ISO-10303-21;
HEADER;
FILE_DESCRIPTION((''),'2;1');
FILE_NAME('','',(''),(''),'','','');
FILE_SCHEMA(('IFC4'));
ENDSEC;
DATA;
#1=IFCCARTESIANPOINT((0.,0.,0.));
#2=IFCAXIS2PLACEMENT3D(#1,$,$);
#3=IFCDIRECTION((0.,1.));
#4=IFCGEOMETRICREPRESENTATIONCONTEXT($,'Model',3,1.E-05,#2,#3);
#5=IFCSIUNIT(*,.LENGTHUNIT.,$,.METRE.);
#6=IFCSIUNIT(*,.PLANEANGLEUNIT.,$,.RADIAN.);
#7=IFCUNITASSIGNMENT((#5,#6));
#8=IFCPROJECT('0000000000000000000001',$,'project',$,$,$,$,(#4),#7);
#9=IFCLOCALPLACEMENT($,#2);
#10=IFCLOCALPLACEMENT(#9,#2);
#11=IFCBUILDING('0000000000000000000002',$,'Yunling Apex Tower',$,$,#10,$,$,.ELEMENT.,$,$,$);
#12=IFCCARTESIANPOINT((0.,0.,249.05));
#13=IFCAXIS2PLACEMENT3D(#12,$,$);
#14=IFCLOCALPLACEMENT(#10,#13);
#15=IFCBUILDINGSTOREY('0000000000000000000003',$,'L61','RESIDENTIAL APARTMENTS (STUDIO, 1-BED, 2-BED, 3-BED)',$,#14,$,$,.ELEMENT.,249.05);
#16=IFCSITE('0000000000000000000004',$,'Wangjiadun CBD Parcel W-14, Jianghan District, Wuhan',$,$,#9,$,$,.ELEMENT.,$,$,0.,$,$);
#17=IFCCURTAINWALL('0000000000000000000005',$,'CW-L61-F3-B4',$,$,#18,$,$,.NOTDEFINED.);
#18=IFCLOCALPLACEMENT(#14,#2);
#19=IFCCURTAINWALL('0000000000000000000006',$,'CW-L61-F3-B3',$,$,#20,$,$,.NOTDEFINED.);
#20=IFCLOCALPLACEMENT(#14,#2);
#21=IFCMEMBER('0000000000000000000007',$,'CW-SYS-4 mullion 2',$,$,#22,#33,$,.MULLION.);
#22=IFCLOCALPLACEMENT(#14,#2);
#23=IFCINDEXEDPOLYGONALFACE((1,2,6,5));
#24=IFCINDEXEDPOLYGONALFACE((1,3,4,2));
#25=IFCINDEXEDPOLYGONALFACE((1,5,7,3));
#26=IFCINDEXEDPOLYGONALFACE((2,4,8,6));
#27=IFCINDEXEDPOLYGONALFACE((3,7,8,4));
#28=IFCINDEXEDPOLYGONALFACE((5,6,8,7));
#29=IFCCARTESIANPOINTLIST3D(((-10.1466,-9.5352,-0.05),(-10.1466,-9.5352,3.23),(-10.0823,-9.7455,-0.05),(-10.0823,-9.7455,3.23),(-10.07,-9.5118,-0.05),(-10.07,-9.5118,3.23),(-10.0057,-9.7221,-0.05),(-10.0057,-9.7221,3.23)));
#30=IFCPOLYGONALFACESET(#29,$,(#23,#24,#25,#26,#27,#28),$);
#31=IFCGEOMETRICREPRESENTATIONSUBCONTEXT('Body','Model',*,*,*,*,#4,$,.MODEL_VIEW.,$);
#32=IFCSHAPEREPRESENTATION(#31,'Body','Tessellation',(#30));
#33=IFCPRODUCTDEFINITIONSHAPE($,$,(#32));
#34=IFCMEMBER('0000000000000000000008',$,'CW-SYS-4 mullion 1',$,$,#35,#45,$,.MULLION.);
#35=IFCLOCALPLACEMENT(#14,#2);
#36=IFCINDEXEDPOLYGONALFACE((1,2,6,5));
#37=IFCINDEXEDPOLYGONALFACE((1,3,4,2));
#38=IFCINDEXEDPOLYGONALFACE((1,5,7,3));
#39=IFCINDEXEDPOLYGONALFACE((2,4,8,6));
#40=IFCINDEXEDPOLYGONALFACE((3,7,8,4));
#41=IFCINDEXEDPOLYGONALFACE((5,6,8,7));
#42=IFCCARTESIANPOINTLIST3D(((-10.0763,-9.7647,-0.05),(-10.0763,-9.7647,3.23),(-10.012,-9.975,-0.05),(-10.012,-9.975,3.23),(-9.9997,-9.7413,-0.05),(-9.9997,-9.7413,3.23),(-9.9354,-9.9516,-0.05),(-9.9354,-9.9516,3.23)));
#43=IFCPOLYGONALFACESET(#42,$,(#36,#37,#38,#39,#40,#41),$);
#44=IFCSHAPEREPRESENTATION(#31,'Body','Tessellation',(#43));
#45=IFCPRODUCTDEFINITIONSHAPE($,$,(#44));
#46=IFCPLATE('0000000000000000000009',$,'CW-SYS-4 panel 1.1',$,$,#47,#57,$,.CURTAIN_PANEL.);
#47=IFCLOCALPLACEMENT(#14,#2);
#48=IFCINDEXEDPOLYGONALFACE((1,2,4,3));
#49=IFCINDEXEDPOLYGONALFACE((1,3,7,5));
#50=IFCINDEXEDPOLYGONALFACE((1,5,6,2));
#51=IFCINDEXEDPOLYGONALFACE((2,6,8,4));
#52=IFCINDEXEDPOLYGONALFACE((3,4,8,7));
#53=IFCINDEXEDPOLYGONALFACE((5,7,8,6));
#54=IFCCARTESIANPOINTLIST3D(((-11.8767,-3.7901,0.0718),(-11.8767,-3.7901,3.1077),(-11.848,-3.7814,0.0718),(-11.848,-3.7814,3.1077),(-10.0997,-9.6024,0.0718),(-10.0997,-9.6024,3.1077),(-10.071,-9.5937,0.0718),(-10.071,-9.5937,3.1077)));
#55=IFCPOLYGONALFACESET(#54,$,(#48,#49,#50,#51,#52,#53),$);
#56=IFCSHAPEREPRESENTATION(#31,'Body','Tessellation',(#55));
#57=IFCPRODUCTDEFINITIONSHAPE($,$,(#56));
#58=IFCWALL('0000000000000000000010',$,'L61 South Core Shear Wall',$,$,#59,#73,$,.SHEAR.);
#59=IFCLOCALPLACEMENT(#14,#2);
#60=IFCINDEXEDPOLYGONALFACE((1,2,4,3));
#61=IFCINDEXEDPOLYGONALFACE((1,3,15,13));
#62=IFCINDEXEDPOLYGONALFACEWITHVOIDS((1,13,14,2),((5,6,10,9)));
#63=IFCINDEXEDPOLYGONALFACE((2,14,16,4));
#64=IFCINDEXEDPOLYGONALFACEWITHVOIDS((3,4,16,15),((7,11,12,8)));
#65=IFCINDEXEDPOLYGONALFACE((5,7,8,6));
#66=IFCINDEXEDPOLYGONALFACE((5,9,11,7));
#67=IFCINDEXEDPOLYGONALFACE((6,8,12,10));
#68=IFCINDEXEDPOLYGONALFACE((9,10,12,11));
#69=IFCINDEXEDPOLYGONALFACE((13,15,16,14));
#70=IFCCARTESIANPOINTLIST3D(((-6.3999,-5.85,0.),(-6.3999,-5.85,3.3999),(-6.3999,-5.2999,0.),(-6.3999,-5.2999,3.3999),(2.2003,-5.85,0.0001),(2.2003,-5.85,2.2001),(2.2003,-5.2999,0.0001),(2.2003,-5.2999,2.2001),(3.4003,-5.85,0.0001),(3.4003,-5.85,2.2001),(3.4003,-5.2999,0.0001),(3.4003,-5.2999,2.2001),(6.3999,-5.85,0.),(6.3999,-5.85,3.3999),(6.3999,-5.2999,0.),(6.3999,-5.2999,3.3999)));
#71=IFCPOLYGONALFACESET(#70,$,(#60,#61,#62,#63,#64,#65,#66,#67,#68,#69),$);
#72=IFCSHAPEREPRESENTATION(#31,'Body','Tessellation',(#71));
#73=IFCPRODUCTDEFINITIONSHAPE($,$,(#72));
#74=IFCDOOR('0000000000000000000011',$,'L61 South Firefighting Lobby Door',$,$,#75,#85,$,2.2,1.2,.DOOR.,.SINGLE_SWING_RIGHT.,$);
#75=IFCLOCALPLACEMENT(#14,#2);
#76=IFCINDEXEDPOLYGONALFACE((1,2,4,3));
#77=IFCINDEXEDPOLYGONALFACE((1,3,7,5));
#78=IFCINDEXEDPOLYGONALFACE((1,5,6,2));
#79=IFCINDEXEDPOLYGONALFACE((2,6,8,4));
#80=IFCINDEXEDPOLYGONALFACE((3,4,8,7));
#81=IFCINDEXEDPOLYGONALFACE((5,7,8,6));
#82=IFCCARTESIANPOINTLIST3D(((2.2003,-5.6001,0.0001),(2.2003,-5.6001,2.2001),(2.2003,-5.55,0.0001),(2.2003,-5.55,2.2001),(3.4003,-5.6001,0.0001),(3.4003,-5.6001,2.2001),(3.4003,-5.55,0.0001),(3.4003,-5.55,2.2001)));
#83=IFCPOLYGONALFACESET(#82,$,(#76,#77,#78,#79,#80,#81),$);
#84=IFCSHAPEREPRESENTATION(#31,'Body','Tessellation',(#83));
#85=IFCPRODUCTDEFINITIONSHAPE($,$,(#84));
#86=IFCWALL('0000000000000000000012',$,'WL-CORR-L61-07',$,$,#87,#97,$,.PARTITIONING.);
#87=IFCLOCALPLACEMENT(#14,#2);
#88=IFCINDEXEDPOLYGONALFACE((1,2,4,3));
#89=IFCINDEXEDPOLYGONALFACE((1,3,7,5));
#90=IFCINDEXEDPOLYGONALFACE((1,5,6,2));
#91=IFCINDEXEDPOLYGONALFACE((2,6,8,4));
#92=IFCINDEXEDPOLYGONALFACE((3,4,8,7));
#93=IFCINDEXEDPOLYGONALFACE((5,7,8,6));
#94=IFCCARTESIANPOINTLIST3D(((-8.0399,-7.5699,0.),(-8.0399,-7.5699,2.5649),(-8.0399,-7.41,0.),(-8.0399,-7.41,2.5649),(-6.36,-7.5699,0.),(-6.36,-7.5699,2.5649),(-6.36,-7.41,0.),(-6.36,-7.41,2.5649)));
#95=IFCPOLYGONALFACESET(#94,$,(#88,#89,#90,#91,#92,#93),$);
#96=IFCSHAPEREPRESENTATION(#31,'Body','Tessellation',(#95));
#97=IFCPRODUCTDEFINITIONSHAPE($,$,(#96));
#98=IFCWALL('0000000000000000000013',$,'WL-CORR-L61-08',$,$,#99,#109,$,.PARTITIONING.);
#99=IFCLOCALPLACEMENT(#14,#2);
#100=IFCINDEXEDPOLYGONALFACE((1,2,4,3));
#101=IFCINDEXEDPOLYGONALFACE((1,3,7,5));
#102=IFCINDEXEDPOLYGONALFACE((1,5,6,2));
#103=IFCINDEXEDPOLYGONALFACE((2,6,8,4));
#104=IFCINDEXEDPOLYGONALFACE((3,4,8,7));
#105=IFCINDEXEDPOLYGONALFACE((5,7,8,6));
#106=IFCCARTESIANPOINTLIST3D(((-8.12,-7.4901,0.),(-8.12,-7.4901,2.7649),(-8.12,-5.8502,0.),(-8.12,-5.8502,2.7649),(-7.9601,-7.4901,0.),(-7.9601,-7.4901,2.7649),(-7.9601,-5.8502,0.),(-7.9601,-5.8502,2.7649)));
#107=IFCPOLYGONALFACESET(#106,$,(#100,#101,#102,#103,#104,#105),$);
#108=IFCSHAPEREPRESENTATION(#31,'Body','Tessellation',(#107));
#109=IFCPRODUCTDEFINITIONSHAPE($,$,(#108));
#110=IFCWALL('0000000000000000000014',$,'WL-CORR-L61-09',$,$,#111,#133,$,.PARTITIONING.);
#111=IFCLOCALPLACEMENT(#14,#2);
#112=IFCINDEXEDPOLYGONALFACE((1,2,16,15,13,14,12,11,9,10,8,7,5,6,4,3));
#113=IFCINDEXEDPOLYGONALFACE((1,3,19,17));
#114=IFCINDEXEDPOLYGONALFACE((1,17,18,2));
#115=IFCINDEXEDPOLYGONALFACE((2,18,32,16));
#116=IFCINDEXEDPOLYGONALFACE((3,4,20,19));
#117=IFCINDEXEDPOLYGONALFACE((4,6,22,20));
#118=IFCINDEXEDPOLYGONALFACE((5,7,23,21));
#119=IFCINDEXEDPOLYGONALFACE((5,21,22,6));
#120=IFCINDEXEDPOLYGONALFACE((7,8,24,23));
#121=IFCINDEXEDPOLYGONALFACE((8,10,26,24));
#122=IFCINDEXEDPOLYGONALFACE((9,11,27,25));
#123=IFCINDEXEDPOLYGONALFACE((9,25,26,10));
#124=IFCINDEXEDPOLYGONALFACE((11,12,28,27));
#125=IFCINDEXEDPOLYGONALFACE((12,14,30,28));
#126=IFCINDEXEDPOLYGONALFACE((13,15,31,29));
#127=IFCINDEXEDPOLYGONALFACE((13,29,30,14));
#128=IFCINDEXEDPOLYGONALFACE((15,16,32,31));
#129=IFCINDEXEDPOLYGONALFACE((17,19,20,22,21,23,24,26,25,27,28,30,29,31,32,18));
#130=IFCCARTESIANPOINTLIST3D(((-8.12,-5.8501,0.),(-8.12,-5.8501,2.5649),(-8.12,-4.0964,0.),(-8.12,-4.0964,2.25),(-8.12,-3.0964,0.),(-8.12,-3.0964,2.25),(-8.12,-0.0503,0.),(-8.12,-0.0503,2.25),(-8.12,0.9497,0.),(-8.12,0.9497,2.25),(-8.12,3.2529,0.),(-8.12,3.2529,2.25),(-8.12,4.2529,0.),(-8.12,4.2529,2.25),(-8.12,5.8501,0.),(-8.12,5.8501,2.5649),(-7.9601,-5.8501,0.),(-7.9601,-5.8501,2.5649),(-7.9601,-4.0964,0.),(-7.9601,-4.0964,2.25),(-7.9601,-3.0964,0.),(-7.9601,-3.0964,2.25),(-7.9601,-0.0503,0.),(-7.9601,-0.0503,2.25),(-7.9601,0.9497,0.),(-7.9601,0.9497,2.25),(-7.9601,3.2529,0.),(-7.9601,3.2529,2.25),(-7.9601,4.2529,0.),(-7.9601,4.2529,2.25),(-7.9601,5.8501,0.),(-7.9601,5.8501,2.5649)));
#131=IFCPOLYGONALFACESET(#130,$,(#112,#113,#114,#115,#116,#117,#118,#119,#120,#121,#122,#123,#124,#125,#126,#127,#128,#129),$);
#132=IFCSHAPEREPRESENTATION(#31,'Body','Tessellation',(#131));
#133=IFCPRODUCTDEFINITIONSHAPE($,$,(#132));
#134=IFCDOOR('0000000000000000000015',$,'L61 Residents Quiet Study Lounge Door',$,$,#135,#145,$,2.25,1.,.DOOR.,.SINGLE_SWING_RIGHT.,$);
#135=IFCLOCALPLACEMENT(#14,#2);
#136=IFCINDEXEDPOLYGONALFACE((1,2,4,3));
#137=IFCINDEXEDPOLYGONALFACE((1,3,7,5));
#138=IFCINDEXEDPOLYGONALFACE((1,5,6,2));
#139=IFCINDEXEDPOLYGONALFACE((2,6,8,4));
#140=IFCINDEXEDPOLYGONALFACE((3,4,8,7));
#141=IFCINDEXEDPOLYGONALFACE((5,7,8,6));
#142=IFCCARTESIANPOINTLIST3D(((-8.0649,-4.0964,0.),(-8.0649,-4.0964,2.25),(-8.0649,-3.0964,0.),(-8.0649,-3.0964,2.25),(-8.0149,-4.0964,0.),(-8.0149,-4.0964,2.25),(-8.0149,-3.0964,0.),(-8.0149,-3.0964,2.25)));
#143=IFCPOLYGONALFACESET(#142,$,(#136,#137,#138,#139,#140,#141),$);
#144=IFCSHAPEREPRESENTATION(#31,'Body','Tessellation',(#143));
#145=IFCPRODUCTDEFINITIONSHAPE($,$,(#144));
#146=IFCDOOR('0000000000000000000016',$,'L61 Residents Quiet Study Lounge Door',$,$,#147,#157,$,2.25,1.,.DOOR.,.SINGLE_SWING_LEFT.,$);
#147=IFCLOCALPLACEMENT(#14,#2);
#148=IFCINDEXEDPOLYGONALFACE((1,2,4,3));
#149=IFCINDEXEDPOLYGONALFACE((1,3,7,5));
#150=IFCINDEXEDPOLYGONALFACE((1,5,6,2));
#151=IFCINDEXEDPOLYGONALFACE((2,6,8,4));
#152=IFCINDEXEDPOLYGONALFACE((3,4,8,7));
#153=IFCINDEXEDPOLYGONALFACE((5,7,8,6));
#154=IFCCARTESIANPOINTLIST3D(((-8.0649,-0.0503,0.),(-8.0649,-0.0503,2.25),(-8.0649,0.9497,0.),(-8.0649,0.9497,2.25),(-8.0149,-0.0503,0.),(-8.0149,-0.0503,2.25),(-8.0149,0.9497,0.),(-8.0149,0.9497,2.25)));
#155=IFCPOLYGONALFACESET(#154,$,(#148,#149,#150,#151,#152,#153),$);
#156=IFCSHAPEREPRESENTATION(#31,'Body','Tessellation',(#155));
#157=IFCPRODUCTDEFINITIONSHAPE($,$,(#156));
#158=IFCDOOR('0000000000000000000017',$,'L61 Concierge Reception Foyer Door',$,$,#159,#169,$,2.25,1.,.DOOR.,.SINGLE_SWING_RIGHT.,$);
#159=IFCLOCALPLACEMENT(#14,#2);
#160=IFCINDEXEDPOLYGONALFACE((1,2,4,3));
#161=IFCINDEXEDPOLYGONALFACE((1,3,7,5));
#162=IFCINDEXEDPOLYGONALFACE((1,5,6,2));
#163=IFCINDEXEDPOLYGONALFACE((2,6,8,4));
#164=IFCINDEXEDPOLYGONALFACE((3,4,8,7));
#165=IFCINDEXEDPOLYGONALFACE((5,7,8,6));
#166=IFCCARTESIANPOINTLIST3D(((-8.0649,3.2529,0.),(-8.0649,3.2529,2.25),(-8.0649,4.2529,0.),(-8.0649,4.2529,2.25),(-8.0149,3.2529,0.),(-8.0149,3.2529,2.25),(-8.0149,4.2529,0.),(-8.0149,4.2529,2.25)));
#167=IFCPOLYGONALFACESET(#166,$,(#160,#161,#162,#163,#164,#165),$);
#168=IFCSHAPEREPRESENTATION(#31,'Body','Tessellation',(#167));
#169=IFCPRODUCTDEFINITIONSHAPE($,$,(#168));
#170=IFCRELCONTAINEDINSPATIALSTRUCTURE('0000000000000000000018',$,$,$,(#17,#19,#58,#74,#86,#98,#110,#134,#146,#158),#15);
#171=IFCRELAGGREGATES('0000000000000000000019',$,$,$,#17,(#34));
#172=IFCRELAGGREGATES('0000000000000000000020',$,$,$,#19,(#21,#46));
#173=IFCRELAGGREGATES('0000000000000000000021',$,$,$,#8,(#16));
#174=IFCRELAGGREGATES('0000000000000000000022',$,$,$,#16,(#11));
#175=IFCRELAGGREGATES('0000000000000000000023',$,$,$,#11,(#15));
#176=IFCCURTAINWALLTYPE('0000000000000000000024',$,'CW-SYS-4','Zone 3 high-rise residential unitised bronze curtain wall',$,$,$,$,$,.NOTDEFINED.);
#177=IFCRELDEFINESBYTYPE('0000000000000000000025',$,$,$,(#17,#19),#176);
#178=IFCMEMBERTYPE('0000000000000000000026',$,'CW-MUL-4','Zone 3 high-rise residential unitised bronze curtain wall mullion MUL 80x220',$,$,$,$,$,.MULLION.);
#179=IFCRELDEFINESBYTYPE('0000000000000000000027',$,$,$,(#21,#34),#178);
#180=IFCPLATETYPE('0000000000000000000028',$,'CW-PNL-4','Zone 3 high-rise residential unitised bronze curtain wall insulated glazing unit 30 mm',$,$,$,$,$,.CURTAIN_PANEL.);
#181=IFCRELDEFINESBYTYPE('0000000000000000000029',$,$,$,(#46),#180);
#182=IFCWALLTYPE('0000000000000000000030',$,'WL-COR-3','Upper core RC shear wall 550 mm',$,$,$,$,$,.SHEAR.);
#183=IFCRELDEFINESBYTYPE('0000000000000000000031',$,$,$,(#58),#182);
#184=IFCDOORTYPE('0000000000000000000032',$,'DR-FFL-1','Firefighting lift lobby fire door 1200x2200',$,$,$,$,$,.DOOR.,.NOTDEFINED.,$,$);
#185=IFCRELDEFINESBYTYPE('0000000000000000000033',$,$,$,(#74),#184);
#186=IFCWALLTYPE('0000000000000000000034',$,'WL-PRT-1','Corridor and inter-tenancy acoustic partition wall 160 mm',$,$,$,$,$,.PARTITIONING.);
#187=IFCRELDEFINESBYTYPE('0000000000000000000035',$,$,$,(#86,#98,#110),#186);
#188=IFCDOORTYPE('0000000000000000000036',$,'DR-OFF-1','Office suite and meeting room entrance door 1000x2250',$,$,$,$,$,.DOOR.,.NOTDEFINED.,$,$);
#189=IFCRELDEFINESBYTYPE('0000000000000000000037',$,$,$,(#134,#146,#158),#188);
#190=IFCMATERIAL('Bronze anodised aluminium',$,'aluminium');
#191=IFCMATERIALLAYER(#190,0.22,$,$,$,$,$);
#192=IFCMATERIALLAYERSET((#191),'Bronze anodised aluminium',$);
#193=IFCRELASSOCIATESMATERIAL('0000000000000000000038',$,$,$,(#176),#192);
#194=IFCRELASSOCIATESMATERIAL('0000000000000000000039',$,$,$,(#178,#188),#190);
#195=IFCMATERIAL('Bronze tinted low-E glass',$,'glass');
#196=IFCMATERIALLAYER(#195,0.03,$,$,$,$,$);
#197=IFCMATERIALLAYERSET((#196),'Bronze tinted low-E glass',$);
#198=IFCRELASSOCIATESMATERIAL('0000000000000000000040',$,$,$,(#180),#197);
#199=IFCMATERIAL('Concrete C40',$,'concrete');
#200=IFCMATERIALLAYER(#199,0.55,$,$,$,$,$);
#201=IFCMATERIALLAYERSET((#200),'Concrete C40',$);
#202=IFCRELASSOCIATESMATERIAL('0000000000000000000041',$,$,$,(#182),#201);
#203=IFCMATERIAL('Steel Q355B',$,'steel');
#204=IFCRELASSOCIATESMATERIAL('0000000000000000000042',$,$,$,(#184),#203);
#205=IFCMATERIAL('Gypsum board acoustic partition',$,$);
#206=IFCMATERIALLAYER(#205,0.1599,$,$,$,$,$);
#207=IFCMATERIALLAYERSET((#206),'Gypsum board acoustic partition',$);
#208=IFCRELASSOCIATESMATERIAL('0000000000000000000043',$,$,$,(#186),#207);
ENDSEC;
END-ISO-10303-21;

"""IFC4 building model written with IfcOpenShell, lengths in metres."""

from ifc_helpers import new_model, si_unit, direction, frame, frame_2d, origin, origin_2d, place, context, subcontext, project, spatial, rectangle, extrude, source, transform, mapped, material, layer, layer_set, material_profile, profile_set, type_object, element, fill, aggregate, save


model = new_model("IFC4")

# Units and contexts
model_context = context("Model", 3, precision=1e-05, world=origin(), true_north=direction((0.0, 1.0)))
body_context = subcontext(model_context, "Body", "Model", "MODEL_VIEW")
ifc_project = project(units=[si_unit("LENGTHUNIT", "METRE"), si_unit("PLANEANGLEUNIT", "RADIAN")], contexts=[model_context])

# Site, building, storey
site_placement = place(None, origin())
site = spatial("IfcSite", under=ifc_project, at=site_placement, Name="Wangjiadun CBD Parcel W-14, Jianghan District, Wuhan", CompositionType="ELEMENT", RefElevation=0.0)
building_placement = place(site_placement, origin())
building = spatial("IfcBuilding", under=site, at=building_placement, Name="Yunling Apex Tower", CompositionType="ELEMENT")
storey_placement = place(building_placement, frame((0.0, 0.0, 249.05)))
storey = spatial("IfcBuildingStorey", under=building, at=storey_placement, Name="L61", Description="RESIDENTIAL APARTMENTS (STUDIO, 1-BED, 2-BED, 3-BED)", CompositionType="ELEMENT", Elevation=249.05)

# Shared definitions
ifc_material_1 = material(Name="Steel Q355B", Category="steel")

# Curtain wall
ifc_material_2 = material(Name="Bronze anodised aluminium", Category="aluminium")
ifc_layer_1 = layer(ifc_material_2, 0.22)
ifc_layer_set_1 = layer_set([ifc_layer_1], Name="Bronze anodised aluminium")
curtain_wall_type = type_object("IfcCurtainWallType", Name="CW-SYS-4", Description="Zone 3 high-rise residential unitised bronze curtain wall", PredefinedType="NOTDEFINED", material=ifc_layer_set_1)
curtain_wall_1_placement = place(storey_placement, origin())
curtain_wall_1 = element("IfcCurtainWall", 1, at=curtain_wall_1_placement, inside=storey, type_object=curtain_wall_type, Name="CW-L61-F3-B4", PredefinedType="NOTDEFINED")

# Curtain wall, member
curtain_wall_2_placement = place(storey_placement, origin())
curtain_wall_2 = element("IfcCurtainWall", 2, at=curtain_wall_2_placement, inside=storey, type_object=curtain_wall_type, Name="CW-L61-F3-B3", PredefinedType="NOTDEFINED")
ifc_material_profile_1 = material_profile(ifc_material_2, rectangle(XDim=0.0801, YDim=0.22, at=origin_2d()))
ifc_profile_set_1 = profile_set([ifc_material_profile_1], Name="Bronze anodised aluminium")
member_type_1 = type_object("IfcMemberType", Name="CW-MUL-4", Description="Zone 3 high-rise residential unitised bronze curtain wall mullion MUL 80x220", PredefinedType="MULLION", material=ifc_profile_set_1)
shared_shape_1 = source(origin(), body_context, "Body", "SweptSolid", [
    extrude(rectangle(XDim=0.0801, YDim=0.22, at=origin_2d()), origin(), (0.0, 0.0, 1.0), 3.28),
])
member_1_placement = place(storey_placement, frame((-10.0762, -9.6287, -0.05), z_axis=(0.0, 0.0, 1.0), x_axis=(0.956305, 0.292372, 0.0)))
member_1 = element("IfcMember", 3, at=member_1_placement, type_object=member_type_1, Name="CW-SYS-4 mullion 2", PredefinedType="MULLION", context=body_context, shape_type="MappedRepresentation", body=[
    mapped(shared_shape_1, transform((0.0, 0.0, 0.0), scale=1.0)),
])

# Member
member_2_placement = place(storey_placement, frame((-10.0059, -9.8582, -0.05), z_axis=(0.0, 0.0, 1.0), x_axis=(0.956305, 0.292372, 0.0)))
member_2 = element("IfcMember", 4, at=member_2_placement, type_object=member_type_1, Name="CW-SYS-4 mullion 1", PredefinedType="MULLION", context=body_context, shape_type="MappedRepresentation", body=[
    mapped(shared_shape_1, transform((0.0, 0.0, 0.0), scale=1.0)),
])
aggregate(curtain_wall_1, [member_2])

# Plate
ifc_material_3 = material(Name="Bronze tinted low-E glass", Category="glass")
ifc_layer_2 = layer(ifc_material_3, 0.03)
ifc_layer_set_2 = layer_set([ifc_layer_2], Name="Bronze tinted low-E glass")
plate_type = type_object("IfcPlateType", Name="CW-PNL-4", Description="Zone 3 high-rise residential unitised bronze curtain wall insulated glazing unit 30 mm", PredefinedType="CURTAIN_PANEL", material=ifc_layer_set_2)
shared_shape_2 = source(origin(), body_context, "Body", "SweptSolid", [
    extrude(rectangle(XDim=6.0779, YDim=0.03, at=origin_2d()), origin(), (0.0, 0.0, 1.0), 3.0359),
])
plate_placement = place(storey_placement, frame((-10.9739, -6.6919, 0.0718), z_axis=(0.0, 0.0, 1.0), x_axis=(0.292372, -0.956305, 0.0)))
plate = element("IfcPlate", 5, at=plate_placement, type_object=plate_type, Name="CW-SYS-4 panel 1.1", PredefinedType="CURTAIN_PANEL", context=body_context, shape_type="MappedRepresentation", body=[
    mapped(shared_shape_2, transform((0.0, 0.0, 0.0), scale=1.0)),
])
aggregate(curtain_wall_2, [member_1, plate])

# Wall, opening, door
ifc_material_4 = material(Name="Concrete C40", Category="concrete")
ifc_layer_3 = layer(ifc_material_4, 0.55)
ifc_layer_set_3 = layer_set([ifc_layer_3], Name="Concrete C40")
wall_type_1 = type_object("IfcWallType", Name="WL-COR-3", Description="Upper core RC shear wall 550 mm", PredefinedType="SHEAR", material=ifc_layer_set_3)
wall_1_placement = place(storey_placement, frame((-6.3999, -5.575, 0.0), z_axis=(0.0, 0.0, 1.0), x_axis=(1.0, 0.0, 0.0)))
wall_1 = element("IfcWall", 6, at=wall_1_placement, inside=storey, type_object=wall_type_1, Name="L61 South Core Shear Wall", PredefinedType="SHEAR", context=body_context, shape_type="SweptSolid", body=[
    extrude(rectangle(XDim=12.7998, YDim=0.55, at=frame_2d((6.3999, 0.0))), origin(), (0.0, 0.0, 1.0), 3.3999),
])
opening_1_placement = place(wall_1_placement, frame((8.6001, 0.0, 0.0)))
opening_1 = element("IfcOpeningElement", 7, at=opening_1_placement, cuts=wall_1, PredefinedType="OPENING", context=body_context, shape_type="SweptSolid", body=[
    extrude(rectangle(XDim=1.2, YDim=2.2, at=frame_2d((0.6001, 1.1001))), frame((0.0, 0.2852, 0.0), z_axis=(0.0, -1.0, 0.0), x_axis=(1.0, 0.0, 0.0)), (0.0, 0.0, 1.0), 0.5701),
])
door_type_1 = type_object("IfcDoorType", Name="DR-FFL-1", Description="Firefighting lift lobby fire door 1200x2200", OperationType="NOTDEFINED", PredefinedType="DOOR", material=ifc_material_1)
door_1_placement = place(opening_1_placement, origin())
door_1 = element("IfcDoor", 8, at=door_1_placement, inside=storey, type_object=door_type_1, Name="L61 South Firefighting Lobby Door", OperationType="SINGLE_SWING_RIGHT", OverallHeight=2.2, OverallWidth=1.2, PredefinedType="DOOR", context=body_context, shape_type="SweptSolid", body=[
    extrude(rectangle(XDim=1.2, YDim=2.2, at=frame_2d((0.6001, 1.1001))), frame((0.0, 0.0249, 0.0), z_axis=(0.0, -1.0, 0.0), x_axis=(1.0, 0.0, 0.0)), (0.0, 0.0, 1.0), 0.05),
])
fill(opening_1, door_1)

# Walls
ifc_material_5 = material(Name="Gypsum board acoustic partition")
ifc_layer_4 = layer(ifc_material_5, 0.1599)
ifc_layer_set_4 = layer_set([ifc_layer_4], Name="Gypsum board acoustic partition")
wall_type_2 = type_object("IfcWallType", Name="WL-PRT-1", Description="Corridor and inter-tenancy acoustic partition wall 160 mm", PredefinedType="PARTITIONING", material=ifc_layer_set_4)
wall_2_placement = place(storey_placement, frame((-6.3601, -7.49, 0.0), z_axis=(0.0, 0.0, 1.0), x_axis=(-1.0, 0.0, 0.0)))
element("IfcWall", 9, at=wall_2_placement, inside=storey, type_object=wall_type_2, Name="WL-CORR-L61-07", PredefinedType="PARTITIONING", context=body_context, shape_type="SweptSolid", body=[
    extrude(rectangle(XDim=1.6799, YDim=0.1599, at=frame_2d((0.8398, 0.0))), origin(), (0.0, 0.0, 1.0), 2.5649),
])
wall_3_placement = place(storey_placement, frame((-8.04, -7.49, 0.0), z_axis=(0.0, 0.0, 1.0), x_axis=(0.0, 1.0, 0.0)))
element("IfcWall", 10, at=wall_3_placement, inside=storey, type_object=wall_type_2, Name="WL-CORR-L61-08", PredefinedType="PARTITIONING", context=body_context, shape_type="SweptSolid", body=[
    extrude(rectangle(XDim=1.6399, YDim=0.1599, at=frame_2d((0.8198, 0.0))), origin(), (0.0, 0.0, 1.0), 2.7649),
])

# Wall, openings, doors
wall_4_placement = place(storey_placement, frame((-8.04, -5.8501, 0.0), z_axis=(0.0, 0.0, 1.0), x_axis=(0.0, 1.0, 0.0)))
wall_4 = element("IfcWall", 11, at=wall_4_placement, inside=storey, type_object=wall_type_2, Name="WL-CORR-L61-09", PredefinedType="PARTITIONING", context=body_context, shape_type="SweptSolid", body=[
    extrude(rectangle(XDim=11.7002, YDim=0.1599, at=frame_2d((5.8501, 0.0))), origin(), (0.0, 0.0, 1.0), 2.5649),
])
opening_2_placement = place(wall_4_placement, frame((1.7537, 0.0, 0.0)))
opening_2 = element("IfcOpeningElement", 12, at=opening_2_placement, cuts=wall_4, PredefinedType="OPENING", context=body_context, shape_type="SweptSolid", body=[
    extrude(rectangle(XDim=1.0, YDim=2.25, at=frame_2d((0.5, 1.125))), frame((0.0, 0.0898, 0.0), z_axis=(0.0, -1.0, 0.0), x_axis=(1.0, 0.0, 0.0)), (0.0, 0.0, 1.0), 0.1799),
])
opening_3_placement = place(wall_4_placement, frame((5.7998, 0.0, 0.0)))
opening_3 = element("IfcOpeningElement", 13, at=opening_3_placement, cuts=wall_4, PredefinedType="OPENING", context=body_context, shape_type="SweptSolid", body=[
    extrude(rectangle(XDim=1.0, YDim=2.25, at=frame_2d((0.5, 1.125))), frame((0.0, 0.0898, 0.0), z_axis=(0.0, -1.0, 0.0), x_axis=(1.0, 0.0, 0.0)), (0.0, 0.0, 1.0), 0.1799),
])
opening_4_placement = place(wall_4_placement, frame((9.103, 0.0, 0.0)))
opening_4 = element("IfcOpeningElement", 14, at=opening_4_placement, cuts=wall_4, PredefinedType="OPENING", context=body_context, shape_type="SweptSolid", body=[
    extrude(rectangle(XDim=1.0, YDim=2.25, at=frame_2d((0.5, 1.125))), frame((0.0, 0.0898, 0.0), z_axis=(0.0, -1.0, 0.0), x_axis=(1.0, 0.0, 0.0)), (0.0, 0.0, 1.0), 0.1799),
])
door_type_2 = type_object("IfcDoorType", Name="DR-OFF-1", Description="Office suite and meeting room entrance door 1000x2250", OperationType="NOTDEFINED", PredefinedType="DOOR", material=ifc_material_2)
door_2_placement = place(opening_2_placement, origin())
door_2 = element("IfcDoor", 15, at=door_2_placement, inside=storey, type_object=door_type_2, Name="L61 Residents Quiet Study Lounge Door", OperationType="SINGLE_SWING_RIGHT", OverallHeight=2.25, OverallWidth=1.0, PredefinedType="DOOR", context=body_context, shape_type="SweptSolid", body=[
    extrude(rectangle(XDim=1.0, YDim=2.25, at=frame_2d((0.5, 1.125))), frame((0.0, 0.0249, 0.0), z_axis=(0.0, -1.0, 0.0), x_axis=(1.0, 0.0, 0.0)), (0.0, 0.0, 1.0), 0.05),
])
fill(opening_2, door_2)
door_3_placement = place(opening_3_placement, origin())
door_3 = element("IfcDoor", 16, at=door_3_placement, inside=storey, type_object=door_type_2, Name="L61 Residents Quiet Study Lounge Door", OperationType="SINGLE_SWING_LEFT", OverallHeight=2.25, OverallWidth=1.0, PredefinedType="DOOR", context=body_context, shape_type="SweptSolid", body=[
    extrude(rectangle(XDim=1.0, YDim=2.25, at=frame_2d((0.5, 1.125))), frame((0.0, 0.0249, 0.0), z_axis=(0.0, -1.0, 0.0), x_axis=(1.0, 0.0, 0.0)), (0.0, 0.0, 1.0), 0.05),
])
fill(opening_3, door_3)
door_4_placement = place(opening_4_placement, origin())
door_4 = element("IfcDoor", 17, at=door_4_placement, inside=storey, type_object=door_type_2, Name="L61 Concierge Reception Foyer Door", OperationType="SINGLE_SWING_RIGHT", OverallHeight=2.25, OverallWidth=1.0, PredefinedType="DOOR", context=body_context, shape_type="SweptSolid", body=[
    extrude(rectangle(XDim=1.0, YDim=2.25, at=frame_2d((0.5, 1.125))), frame((0.0, 0.0249, 0.0), z_axis=(0.0, -1.0, 0.0), x_axis=(1.0, 0.0, 0.0)), (0.0, 0.0, 1.0), 0.05),
])
fill(opening_4, door_4)

save(model, "model.ifc")
